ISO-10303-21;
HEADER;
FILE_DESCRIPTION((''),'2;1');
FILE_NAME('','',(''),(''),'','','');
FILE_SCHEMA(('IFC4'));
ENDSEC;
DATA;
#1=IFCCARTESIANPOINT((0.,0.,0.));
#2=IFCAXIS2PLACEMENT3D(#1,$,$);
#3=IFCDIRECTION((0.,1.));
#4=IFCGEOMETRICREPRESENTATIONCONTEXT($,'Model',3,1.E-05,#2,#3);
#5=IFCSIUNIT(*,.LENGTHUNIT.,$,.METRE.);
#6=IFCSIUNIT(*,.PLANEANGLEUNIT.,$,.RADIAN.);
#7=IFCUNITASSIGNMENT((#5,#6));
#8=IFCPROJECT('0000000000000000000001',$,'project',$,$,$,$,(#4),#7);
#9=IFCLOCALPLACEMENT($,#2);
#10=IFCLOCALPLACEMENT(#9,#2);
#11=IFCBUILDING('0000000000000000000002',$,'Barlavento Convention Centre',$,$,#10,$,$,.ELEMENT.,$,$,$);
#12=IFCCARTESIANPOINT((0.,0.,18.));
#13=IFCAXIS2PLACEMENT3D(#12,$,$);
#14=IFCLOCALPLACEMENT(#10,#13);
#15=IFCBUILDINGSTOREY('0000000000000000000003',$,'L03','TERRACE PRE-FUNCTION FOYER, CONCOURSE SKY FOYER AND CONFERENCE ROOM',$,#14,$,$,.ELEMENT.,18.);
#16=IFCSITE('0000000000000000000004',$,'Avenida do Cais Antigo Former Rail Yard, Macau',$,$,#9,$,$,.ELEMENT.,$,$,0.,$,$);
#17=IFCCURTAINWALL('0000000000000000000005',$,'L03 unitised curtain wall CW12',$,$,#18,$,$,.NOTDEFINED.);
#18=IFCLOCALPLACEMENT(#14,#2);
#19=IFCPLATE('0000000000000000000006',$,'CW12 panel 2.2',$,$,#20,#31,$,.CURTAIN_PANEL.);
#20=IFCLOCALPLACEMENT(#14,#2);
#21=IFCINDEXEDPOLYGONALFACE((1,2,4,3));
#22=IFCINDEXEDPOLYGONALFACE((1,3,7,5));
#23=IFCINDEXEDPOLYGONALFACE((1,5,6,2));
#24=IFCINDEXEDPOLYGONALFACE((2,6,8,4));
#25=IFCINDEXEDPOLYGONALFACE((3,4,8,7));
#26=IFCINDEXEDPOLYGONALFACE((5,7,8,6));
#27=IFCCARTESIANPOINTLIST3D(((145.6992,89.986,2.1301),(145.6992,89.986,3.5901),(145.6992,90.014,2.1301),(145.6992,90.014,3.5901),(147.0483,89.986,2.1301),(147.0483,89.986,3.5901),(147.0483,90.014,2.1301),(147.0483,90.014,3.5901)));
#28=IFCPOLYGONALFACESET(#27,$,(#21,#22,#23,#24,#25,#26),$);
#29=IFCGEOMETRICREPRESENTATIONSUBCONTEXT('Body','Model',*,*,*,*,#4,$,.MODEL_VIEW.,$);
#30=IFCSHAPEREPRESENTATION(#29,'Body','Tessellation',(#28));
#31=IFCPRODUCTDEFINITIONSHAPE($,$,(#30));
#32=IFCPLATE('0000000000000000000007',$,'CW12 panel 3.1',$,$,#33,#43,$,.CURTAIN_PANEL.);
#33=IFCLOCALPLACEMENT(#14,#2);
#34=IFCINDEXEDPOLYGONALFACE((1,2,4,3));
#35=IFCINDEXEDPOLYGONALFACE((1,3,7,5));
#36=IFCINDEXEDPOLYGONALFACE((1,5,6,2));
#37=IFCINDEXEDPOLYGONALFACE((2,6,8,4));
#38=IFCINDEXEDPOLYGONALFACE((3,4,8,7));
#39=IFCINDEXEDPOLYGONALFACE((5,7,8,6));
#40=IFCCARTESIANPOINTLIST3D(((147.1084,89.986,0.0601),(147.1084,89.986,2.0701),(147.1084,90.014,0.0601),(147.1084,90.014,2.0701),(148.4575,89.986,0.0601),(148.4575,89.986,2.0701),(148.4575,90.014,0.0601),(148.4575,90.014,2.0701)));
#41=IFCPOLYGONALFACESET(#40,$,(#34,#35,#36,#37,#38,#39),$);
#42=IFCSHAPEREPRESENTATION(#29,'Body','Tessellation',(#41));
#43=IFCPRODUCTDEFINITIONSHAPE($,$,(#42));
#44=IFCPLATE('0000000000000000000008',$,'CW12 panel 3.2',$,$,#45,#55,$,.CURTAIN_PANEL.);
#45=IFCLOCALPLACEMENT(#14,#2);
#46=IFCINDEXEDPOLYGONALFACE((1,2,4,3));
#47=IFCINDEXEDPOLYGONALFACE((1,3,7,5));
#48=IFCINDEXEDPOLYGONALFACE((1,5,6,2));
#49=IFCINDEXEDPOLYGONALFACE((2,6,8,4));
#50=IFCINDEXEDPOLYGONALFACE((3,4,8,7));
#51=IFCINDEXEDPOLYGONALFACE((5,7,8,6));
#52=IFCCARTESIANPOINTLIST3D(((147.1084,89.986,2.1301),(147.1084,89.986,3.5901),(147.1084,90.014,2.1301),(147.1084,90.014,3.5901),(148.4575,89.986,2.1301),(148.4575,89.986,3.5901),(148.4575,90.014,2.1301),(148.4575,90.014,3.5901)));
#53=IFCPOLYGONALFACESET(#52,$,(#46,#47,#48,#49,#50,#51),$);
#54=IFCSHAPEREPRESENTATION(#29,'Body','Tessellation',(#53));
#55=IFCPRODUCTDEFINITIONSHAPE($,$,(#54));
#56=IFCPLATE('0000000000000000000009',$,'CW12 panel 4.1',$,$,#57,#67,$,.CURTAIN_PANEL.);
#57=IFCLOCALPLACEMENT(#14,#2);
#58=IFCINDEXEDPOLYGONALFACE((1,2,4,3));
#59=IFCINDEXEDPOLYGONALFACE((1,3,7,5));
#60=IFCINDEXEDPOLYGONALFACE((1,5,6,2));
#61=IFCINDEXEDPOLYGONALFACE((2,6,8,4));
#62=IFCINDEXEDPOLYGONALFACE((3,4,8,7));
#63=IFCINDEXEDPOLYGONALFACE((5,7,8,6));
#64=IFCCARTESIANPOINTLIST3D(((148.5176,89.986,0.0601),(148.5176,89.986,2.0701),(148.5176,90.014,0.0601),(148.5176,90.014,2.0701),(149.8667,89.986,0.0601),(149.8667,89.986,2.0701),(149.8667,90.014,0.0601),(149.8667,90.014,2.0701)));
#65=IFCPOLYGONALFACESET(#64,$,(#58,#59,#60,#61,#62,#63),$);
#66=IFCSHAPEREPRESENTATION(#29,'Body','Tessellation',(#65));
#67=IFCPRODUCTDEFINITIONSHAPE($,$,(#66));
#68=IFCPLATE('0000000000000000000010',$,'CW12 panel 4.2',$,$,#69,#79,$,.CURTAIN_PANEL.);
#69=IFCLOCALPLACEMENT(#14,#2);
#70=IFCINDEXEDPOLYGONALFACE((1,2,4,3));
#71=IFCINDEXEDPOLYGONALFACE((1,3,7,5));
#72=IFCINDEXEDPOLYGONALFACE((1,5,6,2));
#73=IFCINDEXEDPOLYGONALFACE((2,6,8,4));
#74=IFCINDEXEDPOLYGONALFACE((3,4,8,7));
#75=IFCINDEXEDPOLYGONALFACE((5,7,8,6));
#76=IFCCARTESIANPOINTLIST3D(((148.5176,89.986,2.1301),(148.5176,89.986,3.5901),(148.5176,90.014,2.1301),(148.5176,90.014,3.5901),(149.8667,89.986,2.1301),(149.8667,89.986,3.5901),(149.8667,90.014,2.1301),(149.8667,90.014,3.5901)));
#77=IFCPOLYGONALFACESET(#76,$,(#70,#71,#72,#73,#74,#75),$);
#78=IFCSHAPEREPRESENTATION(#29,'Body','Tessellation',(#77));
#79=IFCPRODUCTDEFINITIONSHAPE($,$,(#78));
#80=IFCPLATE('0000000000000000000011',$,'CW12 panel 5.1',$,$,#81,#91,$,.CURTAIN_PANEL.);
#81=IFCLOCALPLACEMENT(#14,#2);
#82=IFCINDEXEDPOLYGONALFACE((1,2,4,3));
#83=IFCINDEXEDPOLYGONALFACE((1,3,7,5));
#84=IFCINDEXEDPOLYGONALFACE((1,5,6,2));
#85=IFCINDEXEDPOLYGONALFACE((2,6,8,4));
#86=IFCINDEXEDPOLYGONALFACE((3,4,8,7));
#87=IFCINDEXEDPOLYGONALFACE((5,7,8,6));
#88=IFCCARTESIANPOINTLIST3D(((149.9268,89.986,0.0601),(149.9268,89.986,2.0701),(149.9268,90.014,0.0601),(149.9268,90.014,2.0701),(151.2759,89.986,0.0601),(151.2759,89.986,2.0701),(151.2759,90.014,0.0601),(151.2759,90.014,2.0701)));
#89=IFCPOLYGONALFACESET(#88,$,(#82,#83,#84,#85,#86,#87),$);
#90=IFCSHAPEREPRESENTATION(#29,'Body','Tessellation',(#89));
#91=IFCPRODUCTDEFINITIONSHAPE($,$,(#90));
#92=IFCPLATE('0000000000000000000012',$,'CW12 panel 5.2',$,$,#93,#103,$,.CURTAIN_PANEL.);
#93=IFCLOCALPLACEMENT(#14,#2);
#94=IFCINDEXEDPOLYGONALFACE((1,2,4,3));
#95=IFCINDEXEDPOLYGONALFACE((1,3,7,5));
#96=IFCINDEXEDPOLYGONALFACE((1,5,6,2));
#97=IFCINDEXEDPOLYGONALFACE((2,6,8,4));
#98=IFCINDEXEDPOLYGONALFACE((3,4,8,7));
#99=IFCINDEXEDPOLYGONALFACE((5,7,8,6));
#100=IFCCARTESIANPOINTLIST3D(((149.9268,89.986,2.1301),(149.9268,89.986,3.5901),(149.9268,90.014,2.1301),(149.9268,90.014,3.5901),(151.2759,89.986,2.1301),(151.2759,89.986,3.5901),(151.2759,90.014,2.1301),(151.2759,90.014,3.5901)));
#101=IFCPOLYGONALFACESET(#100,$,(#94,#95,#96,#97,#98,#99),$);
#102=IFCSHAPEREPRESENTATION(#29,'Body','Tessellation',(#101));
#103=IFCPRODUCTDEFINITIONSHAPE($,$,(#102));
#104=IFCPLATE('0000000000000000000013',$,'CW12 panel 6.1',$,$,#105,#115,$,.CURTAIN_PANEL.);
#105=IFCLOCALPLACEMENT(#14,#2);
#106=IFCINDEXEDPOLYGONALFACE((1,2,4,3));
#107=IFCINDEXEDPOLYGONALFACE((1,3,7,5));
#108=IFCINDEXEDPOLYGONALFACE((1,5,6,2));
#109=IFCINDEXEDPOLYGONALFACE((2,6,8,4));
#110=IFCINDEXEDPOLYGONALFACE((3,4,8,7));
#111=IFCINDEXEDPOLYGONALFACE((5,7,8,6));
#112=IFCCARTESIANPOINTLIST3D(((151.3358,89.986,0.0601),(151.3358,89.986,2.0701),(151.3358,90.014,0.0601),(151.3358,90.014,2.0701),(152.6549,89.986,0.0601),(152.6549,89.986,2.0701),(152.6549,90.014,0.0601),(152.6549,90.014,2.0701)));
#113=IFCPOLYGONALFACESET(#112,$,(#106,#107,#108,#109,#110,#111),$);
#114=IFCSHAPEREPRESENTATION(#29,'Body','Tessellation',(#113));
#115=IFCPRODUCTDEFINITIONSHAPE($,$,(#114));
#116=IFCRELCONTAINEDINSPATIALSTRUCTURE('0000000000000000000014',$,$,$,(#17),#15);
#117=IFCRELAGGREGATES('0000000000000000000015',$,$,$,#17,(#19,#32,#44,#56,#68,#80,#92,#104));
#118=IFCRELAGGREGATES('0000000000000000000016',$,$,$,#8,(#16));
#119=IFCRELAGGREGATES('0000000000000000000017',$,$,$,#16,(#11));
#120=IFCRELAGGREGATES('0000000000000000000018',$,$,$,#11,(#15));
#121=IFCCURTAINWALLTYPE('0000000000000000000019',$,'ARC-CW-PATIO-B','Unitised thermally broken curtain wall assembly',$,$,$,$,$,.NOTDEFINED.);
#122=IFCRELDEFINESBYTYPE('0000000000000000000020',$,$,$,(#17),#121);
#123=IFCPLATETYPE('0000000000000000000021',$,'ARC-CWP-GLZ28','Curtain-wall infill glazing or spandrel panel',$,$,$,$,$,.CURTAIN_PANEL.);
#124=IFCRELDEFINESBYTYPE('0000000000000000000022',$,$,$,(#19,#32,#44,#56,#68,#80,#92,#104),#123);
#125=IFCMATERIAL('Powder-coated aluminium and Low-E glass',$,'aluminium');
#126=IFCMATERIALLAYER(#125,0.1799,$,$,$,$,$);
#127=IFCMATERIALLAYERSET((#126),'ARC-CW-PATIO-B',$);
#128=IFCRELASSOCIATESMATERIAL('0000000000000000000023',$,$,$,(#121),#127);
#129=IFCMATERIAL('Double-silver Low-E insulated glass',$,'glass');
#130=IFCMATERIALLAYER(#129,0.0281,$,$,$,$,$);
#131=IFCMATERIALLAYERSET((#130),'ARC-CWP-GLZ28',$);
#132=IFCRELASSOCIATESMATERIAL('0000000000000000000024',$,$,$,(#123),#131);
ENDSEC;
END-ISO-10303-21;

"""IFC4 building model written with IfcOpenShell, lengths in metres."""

from ifc_helpers import new_model, si_unit, direction, frame, origin, origin_2d, place, context, subcontext, project, spatial, rectangle, extrude, material, layer, layer_set, type_object, element, aggregate, save


model = new_model("IFC4")

# Units and contexts
model_context = context("Model", 3, precision=1e-05, world=origin(), true_north=direction((0.0, 1.0)))
body_context = subcontext(model_context, "Body", "Model", "MODEL_VIEW")
ifc_project = project(units=[si_unit("LENGTHUNIT", "METRE"), si_unit("PLANEANGLEUNIT", "RADIAN")], contexts=[model_context])

# Site, building, storey
site_placement = place(None, origin())
site = spatial("IfcSite", under=ifc_project, at=site_placement, Name="Avenida do Cais Antigo Former Rail Yard, Macau", CompositionType="ELEMENT", RefElevation=0.0)
building_placement = place(site_placement, origin())
building = spatial("IfcBuilding", under=site, at=building_placement, Name="Barlavento Convention Centre", CompositionType="ELEMENT")
storey_placement = place(building_placement, frame((0.0, 0.0, 18.0)))
storey = spatial("IfcBuildingStorey", under=building, at=storey_placement, Name="L03", Description="TERRACE PRE-FUNCTION FOYER, CONCOURSE SKY FOYER AND CONFERENCE ROOM", CompositionType="ELEMENT", Elevation=18.0)

# Curtain wall, plates
ifc_material_1 = material(Name="Powder-coated aluminium and Low-E glass", Category="aluminium")
ifc_layer_1 = layer(ifc_material_1, 0.1799)
ifc_layer_set_1 = layer_set([ifc_layer_1], Name="ARC-CW-PATIO-B")
curtain_wall_type = type_object("IfcCurtainWallType", Name="ARC-CW-PATIO-B", Description="Unitised thermally broken curtain wall assembly", PredefinedType="NOTDEFINED", material=ifc_layer_set_1)
curtain_wall_placement = place(storey_placement, origin())
curtain_wall = element("IfcCurtainWall", 1, at=curtain_wall_placement, inside=storey, type_object=curtain_wall_type, Name="L03 unitised curtain wall CW12", PredefinedType="NOTDEFINED")
ifc_material_2 = material(Name="Double-silver Low-E insulated glass", Category="glass")
ifc_layer_2 = layer(ifc_material_2, 0.0281)
ifc_layer_set_2 = layer_set([ifc_layer_2], Name="ARC-CWP-GLZ28")
plate_type = type_object("IfcPlateType", Name="ARC-CWP-GLZ28", Description="Curtain-wall infill glazing or spandrel panel", PredefinedType="CURTAIN_PANEL", material=ifc_layer_set_2)
plate_1_placement = place(storey_placement, frame((146.3738, 90.0, 2.1301), z_axis=(0.0, 0.0, 1.0), x_axis=(1.0, 0.0, 0.0)))
plate_1 = element("IfcPlate", 2, at=plate_1_placement, type_object=plate_type, Name="CW12 panel 2.2", PredefinedType="CURTAIN_PANEL", context=body_context, shape_type="SweptSolid", body=[
    extrude(rectangle(XDim=1.3491, YDim=0.0281, at=origin_2d()), origin(), (0.0, 0.0, 1.0), 1.46),
])
plate_2_placement = place(storey_placement, frame((147.783, 90.0, 0.0601), z_axis=(0.0, 0.0, 1.0), x_axis=(1.0, 0.0, 0.0)))
plate_2 = element("IfcPlate", 3, at=plate_2_placement, type_object=plate_type, Name="CW12 panel 3.1", PredefinedType="CURTAIN_PANEL", context=body_context, shape_type="SweptSolid", body=[
    extrude(rectangle(XDim=1.3491, YDim=0.0281, at=origin_2d()), origin(), (0.0, 0.0, 1.0), 2.01),
])
plate_3_placement = place(storey_placement, frame((147.783, 90.0, 2.1301), z_axis=(0.0, 0.0, 1.0), x_axis=(1.0, 0.0, 0.0)))
plate_3 = element("IfcPlate", 4, at=plate_3_placement, type_object=plate_type, Name="CW12 panel 3.2", PredefinedType="CURTAIN_PANEL", context=body_context, shape_type="SweptSolid", body=[
    extrude(rectangle(XDim=1.3491, YDim=0.0281, at=origin_2d()), origin(), (0.0, 0.0, 1.0), 1.46),
])
plate_4_placement = place(storey_placement, frame((149.1921, 90.0, 0.0601), z_axis=(0.0, 0.0, 1.0), x_axis=(1.0, 0.0, 0.0)))
plate_4 = element("IfcPlate", 5, at=plate_4_placement, type_object=plate_type, Name="CW12 panel 4.1", PredefinedType="CURTAIN_PANEL", context=body_context, shape_type="SweptSolid", body=[
    extrude(rectangle(XDim=1.3491, YDim=0.0281, at=origin_2d()), origin(), (0.0, 0.0, 1.0), 2.01),
])
plate_5_placement = place(storey_placement, frame((149.1921, 90.0, 2.1301), z_axis=(0.0, 0.0, 1.0), x_axis=(1.0, 0.0, 0.0)))
plate_5 = element("IfcPlate", 6, at=plate_5_placement, type_object=plate_type, Name="CW12 panel 4.2", PredefinedType="CURTAIN_PANEL", context=body_context, shape_type="SweptSolid", body=[
    extrude(rectangle(XDim=1.3491, YDim=0.0281, at=origin_2d()), origin(), (0.0, 0.0, 1.0), 1.46),
])
plate_6_placement = place(storey_placement, frame((150.6013, 90.0, 0.0601), z_axis=(0.0, 0.0, 1.0), x_axis=(1.0, 0.0, 0.0)))
plate_6 = element("IfcPlate", 7, at=plate_6_placement, type_object=plate_type, Name="CW12 panel 5.1", PredefinedType="CURTAIN_PANEL", context=body_context, shape_type="SweptSolid", body=[
    extrude(rectangle(XDim=1.3491, YDim=0.0281, at=origin_2d()), origin(), (0.0, 0.0, 1.0), 2.01),
])
plate_7_placement = place(storey_placement, frame((150.6013, 90.0, 2.1301), z_axis=(0.0, 0.0, 1.0), x_axis=(1.0, 0.0, 0.0)))
plate_7 = element("IfcPlate", 8, at=plate_7_placement, type_object=plate_type, Name="CW12 panel 5.2", PredefinedType="CURTAIN_PANEL", context=body_context, shape_type="SweptSolid", body=[
    extrude(rectangle(XDim=1.3491, YDim=0.0281, at=origin_2d()), origin(), (0.0, 0.0, 1.0), 1.46),
])
plate_8_placement = place(storey_placement, frame((151.9954, 90.0, 0.0601), z_axis=(0.0, 0.0, 1.0), x_axis=(1.0, 0.0, 0.0)))
plate_8 = element("IfcPlate", 9, at=plate_8_placement, type_object=plate_type, Name="CW12 panel 6.1", PredefinedType="CURTAIN_PANEL", context=body_context, shape_type="SweptSolid", body=[
    extrude(rectangle(XDim=1.3191, YDim=0.0281, at=origin_2d()), origin(), (0.0, 0.0, 1.0), 2.01),
])
aggregate(curtain_wall, [plate_1, plate_2, plate_3, plate_4, plate_5, plate_6, plate_7, plate_8])

save(model, "model.ifc")
